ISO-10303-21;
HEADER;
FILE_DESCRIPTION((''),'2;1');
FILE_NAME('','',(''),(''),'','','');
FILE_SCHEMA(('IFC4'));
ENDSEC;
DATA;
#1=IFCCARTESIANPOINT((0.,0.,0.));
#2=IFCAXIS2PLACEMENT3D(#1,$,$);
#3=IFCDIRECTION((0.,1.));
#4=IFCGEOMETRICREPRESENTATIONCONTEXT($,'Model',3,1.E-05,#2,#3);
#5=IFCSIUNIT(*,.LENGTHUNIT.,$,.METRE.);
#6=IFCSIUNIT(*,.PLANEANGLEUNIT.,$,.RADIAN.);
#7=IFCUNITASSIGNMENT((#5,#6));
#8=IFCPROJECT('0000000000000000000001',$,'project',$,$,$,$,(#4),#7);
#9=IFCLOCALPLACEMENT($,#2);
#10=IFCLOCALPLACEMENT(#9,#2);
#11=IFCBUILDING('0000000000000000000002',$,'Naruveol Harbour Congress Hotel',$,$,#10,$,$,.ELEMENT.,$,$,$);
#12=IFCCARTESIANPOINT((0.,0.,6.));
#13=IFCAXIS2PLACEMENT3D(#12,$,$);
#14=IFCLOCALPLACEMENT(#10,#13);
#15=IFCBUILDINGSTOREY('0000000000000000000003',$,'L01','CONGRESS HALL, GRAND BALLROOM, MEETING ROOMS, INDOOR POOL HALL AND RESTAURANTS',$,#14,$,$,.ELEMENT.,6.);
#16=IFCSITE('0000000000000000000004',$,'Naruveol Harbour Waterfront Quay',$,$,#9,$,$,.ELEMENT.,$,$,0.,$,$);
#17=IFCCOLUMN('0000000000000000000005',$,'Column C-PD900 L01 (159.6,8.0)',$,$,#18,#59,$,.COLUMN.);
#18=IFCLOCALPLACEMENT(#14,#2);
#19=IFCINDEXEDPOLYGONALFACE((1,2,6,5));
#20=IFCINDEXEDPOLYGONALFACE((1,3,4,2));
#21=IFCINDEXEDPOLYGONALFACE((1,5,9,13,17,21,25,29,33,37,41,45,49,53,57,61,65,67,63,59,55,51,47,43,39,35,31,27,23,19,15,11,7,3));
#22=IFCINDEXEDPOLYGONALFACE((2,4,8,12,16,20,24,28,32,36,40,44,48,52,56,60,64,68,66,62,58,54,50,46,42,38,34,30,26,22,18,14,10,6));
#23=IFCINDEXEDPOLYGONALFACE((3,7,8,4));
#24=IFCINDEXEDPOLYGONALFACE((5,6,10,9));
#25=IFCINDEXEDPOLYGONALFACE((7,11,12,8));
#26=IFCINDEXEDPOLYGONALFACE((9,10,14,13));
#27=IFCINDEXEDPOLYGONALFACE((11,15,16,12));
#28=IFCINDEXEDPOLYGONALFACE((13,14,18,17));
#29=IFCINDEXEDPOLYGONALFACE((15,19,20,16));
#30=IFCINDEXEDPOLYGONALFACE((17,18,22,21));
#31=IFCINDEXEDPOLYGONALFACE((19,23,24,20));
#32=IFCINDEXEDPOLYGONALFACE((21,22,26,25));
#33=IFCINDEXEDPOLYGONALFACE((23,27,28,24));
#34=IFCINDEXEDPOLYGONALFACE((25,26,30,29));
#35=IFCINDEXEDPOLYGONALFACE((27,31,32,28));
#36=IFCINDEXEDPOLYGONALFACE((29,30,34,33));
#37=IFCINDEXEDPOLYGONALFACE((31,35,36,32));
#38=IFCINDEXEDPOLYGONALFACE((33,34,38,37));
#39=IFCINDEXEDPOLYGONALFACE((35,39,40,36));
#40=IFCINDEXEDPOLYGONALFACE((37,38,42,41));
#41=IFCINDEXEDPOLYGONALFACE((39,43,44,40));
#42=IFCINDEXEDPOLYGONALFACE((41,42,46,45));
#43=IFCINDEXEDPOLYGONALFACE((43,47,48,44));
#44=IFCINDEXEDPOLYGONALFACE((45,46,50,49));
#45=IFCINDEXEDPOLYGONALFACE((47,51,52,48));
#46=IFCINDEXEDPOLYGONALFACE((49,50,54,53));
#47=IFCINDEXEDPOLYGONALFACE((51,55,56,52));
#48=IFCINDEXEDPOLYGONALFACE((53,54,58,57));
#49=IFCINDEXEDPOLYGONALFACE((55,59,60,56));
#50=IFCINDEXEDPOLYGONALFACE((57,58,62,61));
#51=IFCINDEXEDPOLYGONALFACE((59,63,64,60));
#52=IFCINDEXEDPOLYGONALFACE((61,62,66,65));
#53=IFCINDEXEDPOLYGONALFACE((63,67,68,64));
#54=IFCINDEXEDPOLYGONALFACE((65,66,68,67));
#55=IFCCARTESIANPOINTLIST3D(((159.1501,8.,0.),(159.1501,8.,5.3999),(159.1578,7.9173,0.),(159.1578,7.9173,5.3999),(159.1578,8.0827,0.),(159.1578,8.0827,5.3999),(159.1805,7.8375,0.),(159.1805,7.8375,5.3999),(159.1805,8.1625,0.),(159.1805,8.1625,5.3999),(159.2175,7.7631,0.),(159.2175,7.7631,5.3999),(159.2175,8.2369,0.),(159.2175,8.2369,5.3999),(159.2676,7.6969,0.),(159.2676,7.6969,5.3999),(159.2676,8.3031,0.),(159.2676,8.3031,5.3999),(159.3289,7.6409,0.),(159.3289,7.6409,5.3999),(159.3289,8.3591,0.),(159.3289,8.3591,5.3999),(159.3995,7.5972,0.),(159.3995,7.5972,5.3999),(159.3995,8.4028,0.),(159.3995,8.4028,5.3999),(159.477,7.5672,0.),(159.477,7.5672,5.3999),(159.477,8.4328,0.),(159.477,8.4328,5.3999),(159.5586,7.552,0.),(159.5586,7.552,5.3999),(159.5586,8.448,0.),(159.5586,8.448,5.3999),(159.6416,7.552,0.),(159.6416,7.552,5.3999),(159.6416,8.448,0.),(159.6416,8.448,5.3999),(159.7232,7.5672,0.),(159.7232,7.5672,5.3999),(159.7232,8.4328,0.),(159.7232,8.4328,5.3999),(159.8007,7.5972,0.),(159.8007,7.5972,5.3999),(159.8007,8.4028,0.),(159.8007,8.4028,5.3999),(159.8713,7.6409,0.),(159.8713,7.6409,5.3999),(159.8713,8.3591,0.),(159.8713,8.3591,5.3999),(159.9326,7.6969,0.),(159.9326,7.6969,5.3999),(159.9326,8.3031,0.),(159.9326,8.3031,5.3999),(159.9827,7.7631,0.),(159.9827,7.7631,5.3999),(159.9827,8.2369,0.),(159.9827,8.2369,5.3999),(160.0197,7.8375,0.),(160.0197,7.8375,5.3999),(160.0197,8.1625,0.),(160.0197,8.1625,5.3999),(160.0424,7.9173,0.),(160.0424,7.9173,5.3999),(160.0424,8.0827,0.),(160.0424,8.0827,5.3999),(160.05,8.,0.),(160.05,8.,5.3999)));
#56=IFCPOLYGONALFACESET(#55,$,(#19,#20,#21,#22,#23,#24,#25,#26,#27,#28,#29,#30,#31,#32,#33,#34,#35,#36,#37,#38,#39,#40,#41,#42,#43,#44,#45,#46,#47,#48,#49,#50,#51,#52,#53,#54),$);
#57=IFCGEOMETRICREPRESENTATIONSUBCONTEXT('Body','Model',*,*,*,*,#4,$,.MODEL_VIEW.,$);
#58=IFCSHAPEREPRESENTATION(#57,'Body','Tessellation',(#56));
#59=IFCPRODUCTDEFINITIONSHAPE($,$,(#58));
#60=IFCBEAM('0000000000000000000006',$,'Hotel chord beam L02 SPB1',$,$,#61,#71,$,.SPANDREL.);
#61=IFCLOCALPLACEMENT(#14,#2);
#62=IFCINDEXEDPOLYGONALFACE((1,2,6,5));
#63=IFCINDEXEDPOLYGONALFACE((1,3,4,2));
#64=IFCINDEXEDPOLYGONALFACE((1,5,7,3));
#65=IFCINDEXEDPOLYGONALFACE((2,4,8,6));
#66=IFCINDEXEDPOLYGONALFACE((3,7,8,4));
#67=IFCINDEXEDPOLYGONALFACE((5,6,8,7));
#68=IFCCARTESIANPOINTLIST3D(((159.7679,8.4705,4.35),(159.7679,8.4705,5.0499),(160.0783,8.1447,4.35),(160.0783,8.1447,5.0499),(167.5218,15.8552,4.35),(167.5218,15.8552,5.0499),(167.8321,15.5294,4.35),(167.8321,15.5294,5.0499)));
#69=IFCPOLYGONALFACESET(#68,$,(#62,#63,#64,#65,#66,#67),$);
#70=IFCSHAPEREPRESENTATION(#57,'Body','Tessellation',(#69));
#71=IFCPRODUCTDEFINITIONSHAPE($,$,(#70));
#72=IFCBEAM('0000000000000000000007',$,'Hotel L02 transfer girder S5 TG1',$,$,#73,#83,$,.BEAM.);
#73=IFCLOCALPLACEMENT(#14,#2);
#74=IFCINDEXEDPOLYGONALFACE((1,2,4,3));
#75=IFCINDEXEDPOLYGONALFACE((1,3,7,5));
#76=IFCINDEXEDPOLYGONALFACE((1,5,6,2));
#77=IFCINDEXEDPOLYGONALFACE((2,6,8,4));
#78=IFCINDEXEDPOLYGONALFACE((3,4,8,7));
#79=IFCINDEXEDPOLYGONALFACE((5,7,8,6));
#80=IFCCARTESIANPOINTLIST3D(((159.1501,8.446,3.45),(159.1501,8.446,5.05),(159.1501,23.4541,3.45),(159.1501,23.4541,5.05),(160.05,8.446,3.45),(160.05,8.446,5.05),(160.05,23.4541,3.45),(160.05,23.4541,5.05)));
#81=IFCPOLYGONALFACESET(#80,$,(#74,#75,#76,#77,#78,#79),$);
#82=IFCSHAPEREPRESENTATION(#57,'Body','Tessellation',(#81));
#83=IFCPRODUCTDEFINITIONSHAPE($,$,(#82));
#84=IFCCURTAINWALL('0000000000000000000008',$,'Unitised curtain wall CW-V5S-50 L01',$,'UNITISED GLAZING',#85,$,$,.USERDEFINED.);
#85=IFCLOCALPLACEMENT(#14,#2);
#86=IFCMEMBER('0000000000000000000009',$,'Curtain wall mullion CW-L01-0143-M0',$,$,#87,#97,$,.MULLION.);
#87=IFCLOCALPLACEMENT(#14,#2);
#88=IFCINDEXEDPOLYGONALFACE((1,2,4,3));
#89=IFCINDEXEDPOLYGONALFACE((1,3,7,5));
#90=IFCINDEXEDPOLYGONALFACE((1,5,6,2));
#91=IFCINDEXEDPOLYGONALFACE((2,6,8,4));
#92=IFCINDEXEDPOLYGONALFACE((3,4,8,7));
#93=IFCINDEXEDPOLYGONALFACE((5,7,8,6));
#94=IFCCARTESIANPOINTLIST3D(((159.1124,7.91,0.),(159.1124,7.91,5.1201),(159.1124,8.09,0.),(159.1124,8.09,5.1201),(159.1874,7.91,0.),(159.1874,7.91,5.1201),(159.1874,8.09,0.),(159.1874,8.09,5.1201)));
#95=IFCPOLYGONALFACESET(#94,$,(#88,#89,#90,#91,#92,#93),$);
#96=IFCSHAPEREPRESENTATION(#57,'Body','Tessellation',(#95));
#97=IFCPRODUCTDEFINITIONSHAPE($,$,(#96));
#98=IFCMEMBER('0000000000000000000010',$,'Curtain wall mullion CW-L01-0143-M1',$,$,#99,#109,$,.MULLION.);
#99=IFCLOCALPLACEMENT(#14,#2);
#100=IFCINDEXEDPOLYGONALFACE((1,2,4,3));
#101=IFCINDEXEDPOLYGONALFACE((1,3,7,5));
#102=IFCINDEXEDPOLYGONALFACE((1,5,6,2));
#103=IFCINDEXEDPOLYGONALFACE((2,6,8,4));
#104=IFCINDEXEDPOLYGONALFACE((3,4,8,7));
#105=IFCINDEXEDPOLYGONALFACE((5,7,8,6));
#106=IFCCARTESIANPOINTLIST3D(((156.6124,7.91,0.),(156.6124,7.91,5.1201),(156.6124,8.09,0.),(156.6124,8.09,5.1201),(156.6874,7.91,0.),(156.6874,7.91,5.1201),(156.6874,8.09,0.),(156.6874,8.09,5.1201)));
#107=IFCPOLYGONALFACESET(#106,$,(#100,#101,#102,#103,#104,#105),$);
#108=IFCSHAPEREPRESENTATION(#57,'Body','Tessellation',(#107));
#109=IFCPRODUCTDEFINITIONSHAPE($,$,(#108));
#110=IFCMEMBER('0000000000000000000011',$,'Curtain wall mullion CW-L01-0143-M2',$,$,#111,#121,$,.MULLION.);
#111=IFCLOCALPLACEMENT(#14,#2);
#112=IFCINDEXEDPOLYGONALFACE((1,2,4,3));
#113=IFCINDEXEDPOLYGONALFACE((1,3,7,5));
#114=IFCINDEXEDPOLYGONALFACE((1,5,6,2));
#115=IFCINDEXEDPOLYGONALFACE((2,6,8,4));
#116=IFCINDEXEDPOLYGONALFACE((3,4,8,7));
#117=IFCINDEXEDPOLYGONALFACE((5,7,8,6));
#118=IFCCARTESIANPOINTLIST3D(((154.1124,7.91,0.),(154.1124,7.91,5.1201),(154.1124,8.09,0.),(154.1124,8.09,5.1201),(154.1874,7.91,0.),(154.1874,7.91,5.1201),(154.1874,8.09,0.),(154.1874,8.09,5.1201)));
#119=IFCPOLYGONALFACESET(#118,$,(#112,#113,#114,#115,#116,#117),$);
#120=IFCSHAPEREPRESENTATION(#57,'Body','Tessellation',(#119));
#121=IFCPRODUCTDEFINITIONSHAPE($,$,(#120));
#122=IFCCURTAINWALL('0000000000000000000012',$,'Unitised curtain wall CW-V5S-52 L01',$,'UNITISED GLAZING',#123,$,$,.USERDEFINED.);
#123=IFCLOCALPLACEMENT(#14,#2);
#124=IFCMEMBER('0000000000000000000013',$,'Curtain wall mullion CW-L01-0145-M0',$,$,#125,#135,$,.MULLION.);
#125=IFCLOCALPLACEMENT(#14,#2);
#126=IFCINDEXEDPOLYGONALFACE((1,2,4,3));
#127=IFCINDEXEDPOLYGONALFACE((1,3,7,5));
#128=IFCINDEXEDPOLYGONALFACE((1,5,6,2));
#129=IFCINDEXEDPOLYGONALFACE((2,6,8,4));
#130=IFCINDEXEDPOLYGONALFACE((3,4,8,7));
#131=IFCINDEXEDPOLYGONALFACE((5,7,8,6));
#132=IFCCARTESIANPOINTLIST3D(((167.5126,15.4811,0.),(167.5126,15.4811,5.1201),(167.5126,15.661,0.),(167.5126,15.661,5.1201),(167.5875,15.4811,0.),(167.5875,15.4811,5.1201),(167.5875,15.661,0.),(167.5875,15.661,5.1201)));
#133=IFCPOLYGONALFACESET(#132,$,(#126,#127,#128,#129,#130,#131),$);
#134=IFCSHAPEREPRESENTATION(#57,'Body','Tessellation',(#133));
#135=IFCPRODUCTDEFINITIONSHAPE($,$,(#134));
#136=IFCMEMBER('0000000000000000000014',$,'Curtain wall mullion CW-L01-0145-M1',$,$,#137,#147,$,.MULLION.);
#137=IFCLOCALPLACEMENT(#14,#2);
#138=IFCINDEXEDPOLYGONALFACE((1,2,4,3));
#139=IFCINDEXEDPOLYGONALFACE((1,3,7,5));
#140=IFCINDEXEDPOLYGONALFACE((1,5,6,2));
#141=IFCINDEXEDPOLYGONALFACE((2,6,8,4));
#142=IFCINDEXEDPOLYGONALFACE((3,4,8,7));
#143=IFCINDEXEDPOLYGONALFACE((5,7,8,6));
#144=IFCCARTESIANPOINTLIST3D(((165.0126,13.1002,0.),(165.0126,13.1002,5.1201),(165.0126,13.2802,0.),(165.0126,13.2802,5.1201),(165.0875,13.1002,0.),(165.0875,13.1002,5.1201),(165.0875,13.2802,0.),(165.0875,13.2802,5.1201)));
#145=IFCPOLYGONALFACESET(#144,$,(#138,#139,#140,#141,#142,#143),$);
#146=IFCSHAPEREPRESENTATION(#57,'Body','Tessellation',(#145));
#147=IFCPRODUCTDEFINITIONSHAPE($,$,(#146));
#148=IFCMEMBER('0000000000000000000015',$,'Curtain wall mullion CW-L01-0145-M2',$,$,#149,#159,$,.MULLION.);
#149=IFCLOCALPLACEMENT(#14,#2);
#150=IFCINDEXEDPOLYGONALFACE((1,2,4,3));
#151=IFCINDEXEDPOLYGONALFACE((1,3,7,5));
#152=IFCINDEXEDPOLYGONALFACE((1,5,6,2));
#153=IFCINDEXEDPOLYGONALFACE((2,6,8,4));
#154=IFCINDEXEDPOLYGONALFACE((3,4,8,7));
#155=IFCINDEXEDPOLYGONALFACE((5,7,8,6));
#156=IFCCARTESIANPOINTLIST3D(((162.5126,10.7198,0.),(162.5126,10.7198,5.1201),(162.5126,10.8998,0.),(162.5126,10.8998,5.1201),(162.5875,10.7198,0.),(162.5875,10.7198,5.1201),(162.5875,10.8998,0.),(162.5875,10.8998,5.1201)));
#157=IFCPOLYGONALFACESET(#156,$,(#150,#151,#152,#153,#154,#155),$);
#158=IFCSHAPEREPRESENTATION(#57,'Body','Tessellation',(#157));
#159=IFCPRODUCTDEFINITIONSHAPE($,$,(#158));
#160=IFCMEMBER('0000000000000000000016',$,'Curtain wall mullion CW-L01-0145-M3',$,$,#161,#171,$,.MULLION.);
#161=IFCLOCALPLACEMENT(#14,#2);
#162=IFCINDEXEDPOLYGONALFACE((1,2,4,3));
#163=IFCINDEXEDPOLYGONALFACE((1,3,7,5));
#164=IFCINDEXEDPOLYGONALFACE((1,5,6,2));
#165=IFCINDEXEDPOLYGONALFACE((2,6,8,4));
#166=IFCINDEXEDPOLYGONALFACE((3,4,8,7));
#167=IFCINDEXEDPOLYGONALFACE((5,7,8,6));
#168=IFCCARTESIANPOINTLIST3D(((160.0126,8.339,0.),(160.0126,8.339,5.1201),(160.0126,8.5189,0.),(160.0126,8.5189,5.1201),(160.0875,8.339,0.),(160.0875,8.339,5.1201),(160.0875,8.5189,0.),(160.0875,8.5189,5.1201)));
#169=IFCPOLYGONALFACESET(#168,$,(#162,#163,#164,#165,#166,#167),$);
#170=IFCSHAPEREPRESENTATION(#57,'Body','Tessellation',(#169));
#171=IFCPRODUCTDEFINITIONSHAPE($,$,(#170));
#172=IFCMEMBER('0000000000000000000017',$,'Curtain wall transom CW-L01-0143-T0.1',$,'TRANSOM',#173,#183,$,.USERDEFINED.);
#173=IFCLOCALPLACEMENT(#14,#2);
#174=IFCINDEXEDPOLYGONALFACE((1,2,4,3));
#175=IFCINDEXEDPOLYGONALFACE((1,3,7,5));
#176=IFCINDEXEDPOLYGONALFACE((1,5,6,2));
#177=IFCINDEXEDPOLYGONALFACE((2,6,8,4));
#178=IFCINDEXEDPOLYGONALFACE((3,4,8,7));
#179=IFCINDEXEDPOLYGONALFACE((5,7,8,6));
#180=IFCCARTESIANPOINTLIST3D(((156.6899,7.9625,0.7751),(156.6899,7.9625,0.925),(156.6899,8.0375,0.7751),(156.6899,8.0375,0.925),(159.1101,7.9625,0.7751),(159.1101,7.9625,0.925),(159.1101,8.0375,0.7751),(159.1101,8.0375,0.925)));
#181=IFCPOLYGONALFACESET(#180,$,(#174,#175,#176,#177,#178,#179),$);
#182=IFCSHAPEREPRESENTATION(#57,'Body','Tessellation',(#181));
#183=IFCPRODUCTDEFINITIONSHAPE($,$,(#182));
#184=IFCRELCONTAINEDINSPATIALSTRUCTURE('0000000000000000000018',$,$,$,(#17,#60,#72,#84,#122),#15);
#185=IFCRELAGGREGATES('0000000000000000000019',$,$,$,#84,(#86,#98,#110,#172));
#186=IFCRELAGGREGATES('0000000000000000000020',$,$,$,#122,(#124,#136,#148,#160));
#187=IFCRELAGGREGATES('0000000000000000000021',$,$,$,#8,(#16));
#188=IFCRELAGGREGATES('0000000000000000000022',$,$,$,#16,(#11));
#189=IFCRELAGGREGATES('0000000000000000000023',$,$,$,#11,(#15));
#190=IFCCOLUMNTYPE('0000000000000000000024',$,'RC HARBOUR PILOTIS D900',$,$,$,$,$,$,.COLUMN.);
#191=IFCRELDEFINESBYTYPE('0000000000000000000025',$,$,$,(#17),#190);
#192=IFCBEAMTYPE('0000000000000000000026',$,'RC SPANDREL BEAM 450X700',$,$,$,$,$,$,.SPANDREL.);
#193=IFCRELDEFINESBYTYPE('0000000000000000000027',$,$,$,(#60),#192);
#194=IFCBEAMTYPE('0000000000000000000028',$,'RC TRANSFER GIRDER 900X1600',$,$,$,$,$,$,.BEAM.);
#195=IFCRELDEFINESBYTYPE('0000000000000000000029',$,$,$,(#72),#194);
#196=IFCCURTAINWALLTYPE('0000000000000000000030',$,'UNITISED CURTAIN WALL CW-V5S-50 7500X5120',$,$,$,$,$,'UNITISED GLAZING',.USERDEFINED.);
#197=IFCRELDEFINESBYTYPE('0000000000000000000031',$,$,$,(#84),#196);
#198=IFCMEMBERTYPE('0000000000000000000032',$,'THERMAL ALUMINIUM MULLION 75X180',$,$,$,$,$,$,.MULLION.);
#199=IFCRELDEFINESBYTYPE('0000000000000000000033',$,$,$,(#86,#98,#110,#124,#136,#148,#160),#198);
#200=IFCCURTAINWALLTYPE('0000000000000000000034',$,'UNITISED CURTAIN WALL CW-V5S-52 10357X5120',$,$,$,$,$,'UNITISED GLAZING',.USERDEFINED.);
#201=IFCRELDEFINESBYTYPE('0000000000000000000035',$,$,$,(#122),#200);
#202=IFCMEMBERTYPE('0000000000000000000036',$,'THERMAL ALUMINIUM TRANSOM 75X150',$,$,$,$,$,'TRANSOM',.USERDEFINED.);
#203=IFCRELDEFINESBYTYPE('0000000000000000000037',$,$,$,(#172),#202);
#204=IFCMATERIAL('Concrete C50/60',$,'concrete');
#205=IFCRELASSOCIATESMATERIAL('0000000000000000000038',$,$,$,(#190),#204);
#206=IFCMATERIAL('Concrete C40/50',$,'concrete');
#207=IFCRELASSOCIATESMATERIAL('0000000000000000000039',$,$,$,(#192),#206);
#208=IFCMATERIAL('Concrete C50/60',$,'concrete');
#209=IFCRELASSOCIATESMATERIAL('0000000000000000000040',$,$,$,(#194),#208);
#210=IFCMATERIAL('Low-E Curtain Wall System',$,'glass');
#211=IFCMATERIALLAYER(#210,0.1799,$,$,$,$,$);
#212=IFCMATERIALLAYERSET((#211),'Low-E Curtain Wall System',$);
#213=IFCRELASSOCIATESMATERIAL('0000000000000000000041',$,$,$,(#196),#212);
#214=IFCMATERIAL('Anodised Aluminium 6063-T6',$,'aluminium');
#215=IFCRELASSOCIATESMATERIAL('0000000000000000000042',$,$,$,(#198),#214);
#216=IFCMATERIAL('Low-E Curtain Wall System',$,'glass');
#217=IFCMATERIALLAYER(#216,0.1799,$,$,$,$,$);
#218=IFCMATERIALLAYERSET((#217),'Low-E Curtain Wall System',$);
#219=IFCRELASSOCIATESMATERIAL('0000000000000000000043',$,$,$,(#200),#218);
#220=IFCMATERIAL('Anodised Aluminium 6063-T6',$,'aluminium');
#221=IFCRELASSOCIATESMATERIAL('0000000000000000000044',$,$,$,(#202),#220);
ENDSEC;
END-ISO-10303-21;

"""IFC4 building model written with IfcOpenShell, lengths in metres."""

from ifc_helpers import new_model, si_unit, direction, frame, origin, origin_2d, place, context, subcontext, project, spatial, rectangle, circle, extrude, material, layer, layer_set, material_profile, profile_set, type_object, element, aggregate, save


model = new_model("IFC4")

# Units and contexts
model_context = context("Model", 3, precision=1e-05, world=origin(), true_north=direction((0.0, 1.0)))
body_context = subcontext(model_context, "Body", "Model", "MODEL_VIEW")
ifc_project = project(units=[si_unit("LENGTHUNIT", "METRE"), si_unit("PLANEANGLEUNIT", "RADIAN")], contexts=[model_context])

# Site, building, storey
site_placement = place(None, origin())
site = spatial("IfcSite", under=ifc_project, at=site_placement, Name="Naruveol Harbour Waterfront Quay", CompositionType="ELEMENT", RefElevation=0.0)
building_placement = place(site_placement, origin())
building = spatial("IfcBuilding", under=site, at=building_placement, Name="Naruveol Harbour Congress Hotel", CompositionType="ELEMENT")
storey_placement = place(building_placement, frame((0.0, 0.0, 6.0)))
storey = spatial("IfcBuildingStorey", under=building, at=storey_placement, Name="L01", Description="CONGRESS HALL, GRAND BALLROOM, MEETING ROOMS, INDOOR POOL HALL AND RESTAURANTS", CompositionType="ELEMENT", Elevation=6.0)

# Column
ifc_material_1 = material(Name="Concrete C50/60", Category="concrete")
ifc_material_profile_1 = material_profile(ifc_material_1, circle(Radius=0.45, at=origin_2d()), Name="RC-D900")
ifc_profile_set_1 = profile_set([ifc_material_profile_1], Name="Concrete C50/60")
column_type = type_object("IfcColumnType", Name="RC HARBOUR PILOTIS D900", PredefinedType="COLUMN", material=ifc_profile_set_1)
column_placement = place(storey_placement, frame((159.6001, 8.0, 0.0), z_axis=(0.0, 0.0, 1.0), x_axis=(1.0, 0.0, 0.0)))
element("IfcColumn", 1, at=column_placement, inside=storey, type_object=column_type, Name="Column C-PD900 L01 (159.6,8.0)", PredefinedType="COLUMN", context=body_context, shape_type="SweptSolid", body=[
    extrude(circle(Radius=0.45, at=origin_2d()), origin(), (0.0, 0.0, 1.0), 5.3999),
])

# Beams
ifc_material_2 = material(Name="Concrete C40/50", Category="concrete")
ifc_material_profile_2 = material_profile(ifc_material_2, rectangle(XDim=0.45, YDim=0.7, at=origin_2d()), Name="RCB-450x700")
ifc_profile_set_2 = profile_set([ifc_material_profile_2], Name="Concrete C40/50")
beam_type_1 = type_object("IfcBeamType", Name="RC SPANDREL BEAM 450X700", PredefinedType="SPANDREL", material=ifc_profile_set_2)
beam_1_placement = place(storey_placement, frame((159.9231, 8.3076, 4.7), z_axis=(0.724134, 0.68966, 0.0), x_axis=(-0.68966, 0.724134, 0.0)))
element("IfcBeam", 2, at=beam_1_placement, inside=storey, type_object=beam_type_1, Name="Hotel chord beam L02 SPB1", PredefinedType="SPANDREL", context=body_context, shape_type="SweptSolid", body=[
    extrude(rectangle(XDim=0.45, YDim=0.7, at=origin_2d()), origin(), (0.0, 0.0, 1.0), 10.7078),
])
ifc_material_3 = material(Name="Concrete C50/60", Category="concrete")
ifc_material_profile_3 = material_profile(ifc_material_3, rectangle(XDim=0.8999, YDim=1.6001, at=origin_2d()), Name="RCB-900x1600")
ifc_profile_set_3 = profile_set([ifc_material_profile_3], Name="Concrete C50/60")
beam_type_2 = type_object("IfcBeamType", Name="RC TRANSFER GIRDER 900X1600", PredefinedType="BEAM", material=ifc_profile_set_3)
beam_2_placement = place(storey_placement, frame((159.6001, 8.446, 4.25), z_axis=(0.0, 1.0, 0.0), x_axis=(-1.0, 0.0, 0.0)))
element("IfcBeam", 3, at=beam_2_placement, inside=storey, type_object=beam_type_2, Name="Hotel L02 transfer girder S5 TG1", PredefinedType="BEAM", context=body_context, shape_type="SweptSolid", body=[
    extrude(rectangle(XDim=0.8999, YDim=1.6001, at=origin_2d()), origin(), (0.0, 0.0, 1.0), 15.0081),
])

# Curtain walls, members
ifc_material_4 = material(Name="Low-E Curtain Wall System", Category="glass")
ifc_layer_1 = layer(ifc_material_4, 0.1799)
ifc_layer_set_1 = layer_set([ifc_layer_1], Name="Low-E Curtain Wall System")
curtain_wall_type_1 = type_object("IfcCurtainWallType", Name="UNITISED CURTAIN WALL CW-V5S-50 7500X5120", ElementType="UNITISED GLAZING", PredefinedType="USERDEFINED", material=ifc_layer_set_1)
curtain_wall_1_placement = place(storey_placement, origin())
curtain_wall_1 = element("IfcCurtainWall", 4, at=curtain_wall_1_placement, inside=storey, type_object=curtain_wall_type_1, Name="Unitised curtain wall CW-V5S-50 L01", ObjectType="UNITISED GLAZING", PredefinedType="USERDEFINED")
ifc_material_5 = material(Name="Anodised Aluminium 6063-T6", Category="aluminium")
ifc_material_profile_4 = material_profile(ifc_material_5, rectangle(XDim=0.075, YDim=0.1799, at=origin_2d()), Name="ALU-75x180")
ifc_profile_set_4 = profile_set([ifc_material_profile_4], Name="Anodised Aluminium 6063-T6")
member_type_1 = type_object("IfcMemberType", Name="THERMAL ALUMINIUM MULLION 75X180", PredefinedType="MULLION", material=ifc_profile_set_4)
member_1_placement = place(storey_placement, frame((159.1499, 8.0, 0.0), z_axis=(0.0, 0.0, 1.0), x_axis=(1.0, 0.0, 0.0)))
member_1 = element("IfcMember", 5, at=member_1_placement, type_object=member_type_1, Name="Curtain wall mullion CW-L01-0143-M0", PredefinedType="MULLION", context=body_context, shape_type="SweptSolid", body=[
    extrude(rectangle(XDim=0.075, YDim=0.1799, at=origin_2d()), origin(), (0.0, 0.0, 1.0), 5.1201),
])
member_2_placement = place(storey_placement, frame((156.6499, 8.0, 0.0), z_axis=(0.0, 0.0, 1.0), x_axis=(1.0, 0.0, 0.0)))
member_2 = element("IfcMember", 6, at=member_2_placement, type_object=member_type_1, Name="Curtain wall mullion CW-L01-0143-M1", PredefinedType="MULLION", context=body_context, shape_type="SweptSolid", body=[
    extrude(rectangle(XDim=0.075, YDim=0.1799, at=origin_2d()), origin(), (0.0, 0.0, 1.0), 5.1201),
])
member_3_placement = place(storey_placement, frame((154.1499, 8.0, 0.0), z_axis=(0.0, 0.0, 1.0), x_axis=(1.0, 0.0, 0.0)))
member_3 = element("IfcMember", 7, at=member_3_placement, type_object=member_type_1, Name="Curtain wall mullion CW-L01-0143-M2", PredefinedType="MULLION", context=body_context, shape_type="SweptSolid", body=[
    extrude(rectangle(XDim=0.075, YDim=0.1799, at=origin_2d()), origin(), (0.0, 0.0, 1.0), 5.1201),
])
ifc_material_6 = material(Name="Low-E Curtain Wall System", Category="glass")
ifc_layer_2 = layer(ifc_material_6, 0.1799)
ifc_layer_set_2 = layer_set([ifc_layer_2], Name="Low-E Curtain Wall System")
curtain_wall_type_2 = type_object("IfcCurtainWallType", Name="UNITISED CURTAIN WALL CW-V5S-52 10357X5120", ElementType="UNITISED GLAZING", PredefinedType="USERDEFINED", material=ifc_layer_set_2)
curtain_wall_2_placement = place(storey_placement, origin())
curtain_wall_2 = element("IfcCurtainWall", 8, at=curtain_wall_2_placement, inside=storey, type_object=curtain_wall_type_2, Name="Unitised curtain wall CW-V5S-52 L01", ObjectType="UNITISED GLAZING", PredefinedType="USERDEFINED")
member_4_placement = place(storey_placement, frame((167.55, 15.571, 0.0), z_axis=(0.0, 0.0, 1.0), x_axis=(1.0, 0.0, 0.0)))
member_4 = element("IfcMember", 9, at=member_4_placement, type_object=member_type_1, Name="Curtain wall mullion CW-L01-0145-M0", PredefinedType="MULLION", context=body_context, shape_type="SweptSolid", body=[
    extrude(rectangle(XDim=0.075, YDim=0.1799, at=origin_2d()), origin(), (0.0, 0.0, 1.0), 5.1201),
])
member_5_placement = place(storey_placement, frame((165.05, 13.1902, 0.0), z_axis=(0.0, 0.0, 1.0), x_axis=(1.0, 0.0, 0.0)))
member_5 = element("IfcMember", 10, at=member_5_placement, type_object=member_type_1, Name="Curtain wall mullion CW-L01-0145-M1", PredefinedType="MULLION", context=body_context, shape_type="SweptSolid", body=[
    extrude(rectangle(XDim=0.075, YDim=0.1799, at=origin_2d()), origin(), (0.0, 0.0, 1.0), 5.1201),
])
member_6_placement = place(storey_placement, frame((162.55, 10.8098, 0.0), z_axis=(0.0, 0.0, 1.0), x_axis=(1.0, 0.0, 0.0)))
member_6 = element("IfcMember", 11, at=member_6_placement, type_object=member_type_1, Name="Curtain wall mullion CW-L01-0145-M2", PredefinedType="MULLION", context=body_context, shape_type="SweptSolid", body=[
    extrude(rectangle(XDim=0.075, YDim=0.1799, at=origin_2d()), origin(), (0.0, 0.0, 1.0), 5.1201),
])
member_7_placement = place(storey_placement, frame((160.05, 8.429, 0.0), z_axis=(0.0, 0.0, 1.0), x_axis=(1.0, 0.0, 0.0)))
member_7 = element("IfcMember", 12, at=member_7_placement, type_object=member_type_1, Name="Curtain wall mullion CW-L01-0145-M3", PredefinedType="MULLION", context=body_context, shape_type="SweptSolid", body=[
    extrude(rectangle(XDim=0.075, YDim=0.1799, at=origin_2d()), origin(), (0.0, 0.0, 1.0), 5.1201),
])

# Member
ifc_material_7 = material(Name="Anodised Aluminium 6063-T6", Category="aluminium")
ifc_material_profile_5 = material_profile(ifc_material_7, rectangle(XDim=0.075, YDim=0.1499, at=origin_2d()), Name="ALU-75x150")
ifc_profile_set_5 = profile_set([ifc_material_profile_5], Name="Anodised Aluminium 6063-T6")
member_type_2 = type_object("IfcMemberType", Name="THERMAL ALUMINIUM TRANSOM 75X150", ElementType="TRANSOM", PredefinedType="USERDEFINED", material=ifc_profile_set_5)
member_8_placement = place(storey_placement, frame((159.1101, 8.0, 0.8501), z_axis=(-1.0, 0.0, 0.0), x_axis=(0.0, -1.0, 0.0)))
member_8 = element("IfcMember", 13, at=member_8_placement, type_object=member_type_2, Name="Curtain wall transom CW-L01-0143-T0.1", ObjectType="TRANSOM", PredefinedType="USERDEFINED", context=body_context, shape_type="SweptSolid", body=[
    extrude(rectangle(XDim=0.075, YDim=0.1499, at=origin_2d()), origin(), (0.0, 0.0, 1.0), 2.4202),
])

aggregate(curtain_wall_1, [member_1, member_2, member_3, member_8])
aggregate(curtain_wall_2, [member_4, member_5, member_6, member_7])

save(model, "model.ifc")
